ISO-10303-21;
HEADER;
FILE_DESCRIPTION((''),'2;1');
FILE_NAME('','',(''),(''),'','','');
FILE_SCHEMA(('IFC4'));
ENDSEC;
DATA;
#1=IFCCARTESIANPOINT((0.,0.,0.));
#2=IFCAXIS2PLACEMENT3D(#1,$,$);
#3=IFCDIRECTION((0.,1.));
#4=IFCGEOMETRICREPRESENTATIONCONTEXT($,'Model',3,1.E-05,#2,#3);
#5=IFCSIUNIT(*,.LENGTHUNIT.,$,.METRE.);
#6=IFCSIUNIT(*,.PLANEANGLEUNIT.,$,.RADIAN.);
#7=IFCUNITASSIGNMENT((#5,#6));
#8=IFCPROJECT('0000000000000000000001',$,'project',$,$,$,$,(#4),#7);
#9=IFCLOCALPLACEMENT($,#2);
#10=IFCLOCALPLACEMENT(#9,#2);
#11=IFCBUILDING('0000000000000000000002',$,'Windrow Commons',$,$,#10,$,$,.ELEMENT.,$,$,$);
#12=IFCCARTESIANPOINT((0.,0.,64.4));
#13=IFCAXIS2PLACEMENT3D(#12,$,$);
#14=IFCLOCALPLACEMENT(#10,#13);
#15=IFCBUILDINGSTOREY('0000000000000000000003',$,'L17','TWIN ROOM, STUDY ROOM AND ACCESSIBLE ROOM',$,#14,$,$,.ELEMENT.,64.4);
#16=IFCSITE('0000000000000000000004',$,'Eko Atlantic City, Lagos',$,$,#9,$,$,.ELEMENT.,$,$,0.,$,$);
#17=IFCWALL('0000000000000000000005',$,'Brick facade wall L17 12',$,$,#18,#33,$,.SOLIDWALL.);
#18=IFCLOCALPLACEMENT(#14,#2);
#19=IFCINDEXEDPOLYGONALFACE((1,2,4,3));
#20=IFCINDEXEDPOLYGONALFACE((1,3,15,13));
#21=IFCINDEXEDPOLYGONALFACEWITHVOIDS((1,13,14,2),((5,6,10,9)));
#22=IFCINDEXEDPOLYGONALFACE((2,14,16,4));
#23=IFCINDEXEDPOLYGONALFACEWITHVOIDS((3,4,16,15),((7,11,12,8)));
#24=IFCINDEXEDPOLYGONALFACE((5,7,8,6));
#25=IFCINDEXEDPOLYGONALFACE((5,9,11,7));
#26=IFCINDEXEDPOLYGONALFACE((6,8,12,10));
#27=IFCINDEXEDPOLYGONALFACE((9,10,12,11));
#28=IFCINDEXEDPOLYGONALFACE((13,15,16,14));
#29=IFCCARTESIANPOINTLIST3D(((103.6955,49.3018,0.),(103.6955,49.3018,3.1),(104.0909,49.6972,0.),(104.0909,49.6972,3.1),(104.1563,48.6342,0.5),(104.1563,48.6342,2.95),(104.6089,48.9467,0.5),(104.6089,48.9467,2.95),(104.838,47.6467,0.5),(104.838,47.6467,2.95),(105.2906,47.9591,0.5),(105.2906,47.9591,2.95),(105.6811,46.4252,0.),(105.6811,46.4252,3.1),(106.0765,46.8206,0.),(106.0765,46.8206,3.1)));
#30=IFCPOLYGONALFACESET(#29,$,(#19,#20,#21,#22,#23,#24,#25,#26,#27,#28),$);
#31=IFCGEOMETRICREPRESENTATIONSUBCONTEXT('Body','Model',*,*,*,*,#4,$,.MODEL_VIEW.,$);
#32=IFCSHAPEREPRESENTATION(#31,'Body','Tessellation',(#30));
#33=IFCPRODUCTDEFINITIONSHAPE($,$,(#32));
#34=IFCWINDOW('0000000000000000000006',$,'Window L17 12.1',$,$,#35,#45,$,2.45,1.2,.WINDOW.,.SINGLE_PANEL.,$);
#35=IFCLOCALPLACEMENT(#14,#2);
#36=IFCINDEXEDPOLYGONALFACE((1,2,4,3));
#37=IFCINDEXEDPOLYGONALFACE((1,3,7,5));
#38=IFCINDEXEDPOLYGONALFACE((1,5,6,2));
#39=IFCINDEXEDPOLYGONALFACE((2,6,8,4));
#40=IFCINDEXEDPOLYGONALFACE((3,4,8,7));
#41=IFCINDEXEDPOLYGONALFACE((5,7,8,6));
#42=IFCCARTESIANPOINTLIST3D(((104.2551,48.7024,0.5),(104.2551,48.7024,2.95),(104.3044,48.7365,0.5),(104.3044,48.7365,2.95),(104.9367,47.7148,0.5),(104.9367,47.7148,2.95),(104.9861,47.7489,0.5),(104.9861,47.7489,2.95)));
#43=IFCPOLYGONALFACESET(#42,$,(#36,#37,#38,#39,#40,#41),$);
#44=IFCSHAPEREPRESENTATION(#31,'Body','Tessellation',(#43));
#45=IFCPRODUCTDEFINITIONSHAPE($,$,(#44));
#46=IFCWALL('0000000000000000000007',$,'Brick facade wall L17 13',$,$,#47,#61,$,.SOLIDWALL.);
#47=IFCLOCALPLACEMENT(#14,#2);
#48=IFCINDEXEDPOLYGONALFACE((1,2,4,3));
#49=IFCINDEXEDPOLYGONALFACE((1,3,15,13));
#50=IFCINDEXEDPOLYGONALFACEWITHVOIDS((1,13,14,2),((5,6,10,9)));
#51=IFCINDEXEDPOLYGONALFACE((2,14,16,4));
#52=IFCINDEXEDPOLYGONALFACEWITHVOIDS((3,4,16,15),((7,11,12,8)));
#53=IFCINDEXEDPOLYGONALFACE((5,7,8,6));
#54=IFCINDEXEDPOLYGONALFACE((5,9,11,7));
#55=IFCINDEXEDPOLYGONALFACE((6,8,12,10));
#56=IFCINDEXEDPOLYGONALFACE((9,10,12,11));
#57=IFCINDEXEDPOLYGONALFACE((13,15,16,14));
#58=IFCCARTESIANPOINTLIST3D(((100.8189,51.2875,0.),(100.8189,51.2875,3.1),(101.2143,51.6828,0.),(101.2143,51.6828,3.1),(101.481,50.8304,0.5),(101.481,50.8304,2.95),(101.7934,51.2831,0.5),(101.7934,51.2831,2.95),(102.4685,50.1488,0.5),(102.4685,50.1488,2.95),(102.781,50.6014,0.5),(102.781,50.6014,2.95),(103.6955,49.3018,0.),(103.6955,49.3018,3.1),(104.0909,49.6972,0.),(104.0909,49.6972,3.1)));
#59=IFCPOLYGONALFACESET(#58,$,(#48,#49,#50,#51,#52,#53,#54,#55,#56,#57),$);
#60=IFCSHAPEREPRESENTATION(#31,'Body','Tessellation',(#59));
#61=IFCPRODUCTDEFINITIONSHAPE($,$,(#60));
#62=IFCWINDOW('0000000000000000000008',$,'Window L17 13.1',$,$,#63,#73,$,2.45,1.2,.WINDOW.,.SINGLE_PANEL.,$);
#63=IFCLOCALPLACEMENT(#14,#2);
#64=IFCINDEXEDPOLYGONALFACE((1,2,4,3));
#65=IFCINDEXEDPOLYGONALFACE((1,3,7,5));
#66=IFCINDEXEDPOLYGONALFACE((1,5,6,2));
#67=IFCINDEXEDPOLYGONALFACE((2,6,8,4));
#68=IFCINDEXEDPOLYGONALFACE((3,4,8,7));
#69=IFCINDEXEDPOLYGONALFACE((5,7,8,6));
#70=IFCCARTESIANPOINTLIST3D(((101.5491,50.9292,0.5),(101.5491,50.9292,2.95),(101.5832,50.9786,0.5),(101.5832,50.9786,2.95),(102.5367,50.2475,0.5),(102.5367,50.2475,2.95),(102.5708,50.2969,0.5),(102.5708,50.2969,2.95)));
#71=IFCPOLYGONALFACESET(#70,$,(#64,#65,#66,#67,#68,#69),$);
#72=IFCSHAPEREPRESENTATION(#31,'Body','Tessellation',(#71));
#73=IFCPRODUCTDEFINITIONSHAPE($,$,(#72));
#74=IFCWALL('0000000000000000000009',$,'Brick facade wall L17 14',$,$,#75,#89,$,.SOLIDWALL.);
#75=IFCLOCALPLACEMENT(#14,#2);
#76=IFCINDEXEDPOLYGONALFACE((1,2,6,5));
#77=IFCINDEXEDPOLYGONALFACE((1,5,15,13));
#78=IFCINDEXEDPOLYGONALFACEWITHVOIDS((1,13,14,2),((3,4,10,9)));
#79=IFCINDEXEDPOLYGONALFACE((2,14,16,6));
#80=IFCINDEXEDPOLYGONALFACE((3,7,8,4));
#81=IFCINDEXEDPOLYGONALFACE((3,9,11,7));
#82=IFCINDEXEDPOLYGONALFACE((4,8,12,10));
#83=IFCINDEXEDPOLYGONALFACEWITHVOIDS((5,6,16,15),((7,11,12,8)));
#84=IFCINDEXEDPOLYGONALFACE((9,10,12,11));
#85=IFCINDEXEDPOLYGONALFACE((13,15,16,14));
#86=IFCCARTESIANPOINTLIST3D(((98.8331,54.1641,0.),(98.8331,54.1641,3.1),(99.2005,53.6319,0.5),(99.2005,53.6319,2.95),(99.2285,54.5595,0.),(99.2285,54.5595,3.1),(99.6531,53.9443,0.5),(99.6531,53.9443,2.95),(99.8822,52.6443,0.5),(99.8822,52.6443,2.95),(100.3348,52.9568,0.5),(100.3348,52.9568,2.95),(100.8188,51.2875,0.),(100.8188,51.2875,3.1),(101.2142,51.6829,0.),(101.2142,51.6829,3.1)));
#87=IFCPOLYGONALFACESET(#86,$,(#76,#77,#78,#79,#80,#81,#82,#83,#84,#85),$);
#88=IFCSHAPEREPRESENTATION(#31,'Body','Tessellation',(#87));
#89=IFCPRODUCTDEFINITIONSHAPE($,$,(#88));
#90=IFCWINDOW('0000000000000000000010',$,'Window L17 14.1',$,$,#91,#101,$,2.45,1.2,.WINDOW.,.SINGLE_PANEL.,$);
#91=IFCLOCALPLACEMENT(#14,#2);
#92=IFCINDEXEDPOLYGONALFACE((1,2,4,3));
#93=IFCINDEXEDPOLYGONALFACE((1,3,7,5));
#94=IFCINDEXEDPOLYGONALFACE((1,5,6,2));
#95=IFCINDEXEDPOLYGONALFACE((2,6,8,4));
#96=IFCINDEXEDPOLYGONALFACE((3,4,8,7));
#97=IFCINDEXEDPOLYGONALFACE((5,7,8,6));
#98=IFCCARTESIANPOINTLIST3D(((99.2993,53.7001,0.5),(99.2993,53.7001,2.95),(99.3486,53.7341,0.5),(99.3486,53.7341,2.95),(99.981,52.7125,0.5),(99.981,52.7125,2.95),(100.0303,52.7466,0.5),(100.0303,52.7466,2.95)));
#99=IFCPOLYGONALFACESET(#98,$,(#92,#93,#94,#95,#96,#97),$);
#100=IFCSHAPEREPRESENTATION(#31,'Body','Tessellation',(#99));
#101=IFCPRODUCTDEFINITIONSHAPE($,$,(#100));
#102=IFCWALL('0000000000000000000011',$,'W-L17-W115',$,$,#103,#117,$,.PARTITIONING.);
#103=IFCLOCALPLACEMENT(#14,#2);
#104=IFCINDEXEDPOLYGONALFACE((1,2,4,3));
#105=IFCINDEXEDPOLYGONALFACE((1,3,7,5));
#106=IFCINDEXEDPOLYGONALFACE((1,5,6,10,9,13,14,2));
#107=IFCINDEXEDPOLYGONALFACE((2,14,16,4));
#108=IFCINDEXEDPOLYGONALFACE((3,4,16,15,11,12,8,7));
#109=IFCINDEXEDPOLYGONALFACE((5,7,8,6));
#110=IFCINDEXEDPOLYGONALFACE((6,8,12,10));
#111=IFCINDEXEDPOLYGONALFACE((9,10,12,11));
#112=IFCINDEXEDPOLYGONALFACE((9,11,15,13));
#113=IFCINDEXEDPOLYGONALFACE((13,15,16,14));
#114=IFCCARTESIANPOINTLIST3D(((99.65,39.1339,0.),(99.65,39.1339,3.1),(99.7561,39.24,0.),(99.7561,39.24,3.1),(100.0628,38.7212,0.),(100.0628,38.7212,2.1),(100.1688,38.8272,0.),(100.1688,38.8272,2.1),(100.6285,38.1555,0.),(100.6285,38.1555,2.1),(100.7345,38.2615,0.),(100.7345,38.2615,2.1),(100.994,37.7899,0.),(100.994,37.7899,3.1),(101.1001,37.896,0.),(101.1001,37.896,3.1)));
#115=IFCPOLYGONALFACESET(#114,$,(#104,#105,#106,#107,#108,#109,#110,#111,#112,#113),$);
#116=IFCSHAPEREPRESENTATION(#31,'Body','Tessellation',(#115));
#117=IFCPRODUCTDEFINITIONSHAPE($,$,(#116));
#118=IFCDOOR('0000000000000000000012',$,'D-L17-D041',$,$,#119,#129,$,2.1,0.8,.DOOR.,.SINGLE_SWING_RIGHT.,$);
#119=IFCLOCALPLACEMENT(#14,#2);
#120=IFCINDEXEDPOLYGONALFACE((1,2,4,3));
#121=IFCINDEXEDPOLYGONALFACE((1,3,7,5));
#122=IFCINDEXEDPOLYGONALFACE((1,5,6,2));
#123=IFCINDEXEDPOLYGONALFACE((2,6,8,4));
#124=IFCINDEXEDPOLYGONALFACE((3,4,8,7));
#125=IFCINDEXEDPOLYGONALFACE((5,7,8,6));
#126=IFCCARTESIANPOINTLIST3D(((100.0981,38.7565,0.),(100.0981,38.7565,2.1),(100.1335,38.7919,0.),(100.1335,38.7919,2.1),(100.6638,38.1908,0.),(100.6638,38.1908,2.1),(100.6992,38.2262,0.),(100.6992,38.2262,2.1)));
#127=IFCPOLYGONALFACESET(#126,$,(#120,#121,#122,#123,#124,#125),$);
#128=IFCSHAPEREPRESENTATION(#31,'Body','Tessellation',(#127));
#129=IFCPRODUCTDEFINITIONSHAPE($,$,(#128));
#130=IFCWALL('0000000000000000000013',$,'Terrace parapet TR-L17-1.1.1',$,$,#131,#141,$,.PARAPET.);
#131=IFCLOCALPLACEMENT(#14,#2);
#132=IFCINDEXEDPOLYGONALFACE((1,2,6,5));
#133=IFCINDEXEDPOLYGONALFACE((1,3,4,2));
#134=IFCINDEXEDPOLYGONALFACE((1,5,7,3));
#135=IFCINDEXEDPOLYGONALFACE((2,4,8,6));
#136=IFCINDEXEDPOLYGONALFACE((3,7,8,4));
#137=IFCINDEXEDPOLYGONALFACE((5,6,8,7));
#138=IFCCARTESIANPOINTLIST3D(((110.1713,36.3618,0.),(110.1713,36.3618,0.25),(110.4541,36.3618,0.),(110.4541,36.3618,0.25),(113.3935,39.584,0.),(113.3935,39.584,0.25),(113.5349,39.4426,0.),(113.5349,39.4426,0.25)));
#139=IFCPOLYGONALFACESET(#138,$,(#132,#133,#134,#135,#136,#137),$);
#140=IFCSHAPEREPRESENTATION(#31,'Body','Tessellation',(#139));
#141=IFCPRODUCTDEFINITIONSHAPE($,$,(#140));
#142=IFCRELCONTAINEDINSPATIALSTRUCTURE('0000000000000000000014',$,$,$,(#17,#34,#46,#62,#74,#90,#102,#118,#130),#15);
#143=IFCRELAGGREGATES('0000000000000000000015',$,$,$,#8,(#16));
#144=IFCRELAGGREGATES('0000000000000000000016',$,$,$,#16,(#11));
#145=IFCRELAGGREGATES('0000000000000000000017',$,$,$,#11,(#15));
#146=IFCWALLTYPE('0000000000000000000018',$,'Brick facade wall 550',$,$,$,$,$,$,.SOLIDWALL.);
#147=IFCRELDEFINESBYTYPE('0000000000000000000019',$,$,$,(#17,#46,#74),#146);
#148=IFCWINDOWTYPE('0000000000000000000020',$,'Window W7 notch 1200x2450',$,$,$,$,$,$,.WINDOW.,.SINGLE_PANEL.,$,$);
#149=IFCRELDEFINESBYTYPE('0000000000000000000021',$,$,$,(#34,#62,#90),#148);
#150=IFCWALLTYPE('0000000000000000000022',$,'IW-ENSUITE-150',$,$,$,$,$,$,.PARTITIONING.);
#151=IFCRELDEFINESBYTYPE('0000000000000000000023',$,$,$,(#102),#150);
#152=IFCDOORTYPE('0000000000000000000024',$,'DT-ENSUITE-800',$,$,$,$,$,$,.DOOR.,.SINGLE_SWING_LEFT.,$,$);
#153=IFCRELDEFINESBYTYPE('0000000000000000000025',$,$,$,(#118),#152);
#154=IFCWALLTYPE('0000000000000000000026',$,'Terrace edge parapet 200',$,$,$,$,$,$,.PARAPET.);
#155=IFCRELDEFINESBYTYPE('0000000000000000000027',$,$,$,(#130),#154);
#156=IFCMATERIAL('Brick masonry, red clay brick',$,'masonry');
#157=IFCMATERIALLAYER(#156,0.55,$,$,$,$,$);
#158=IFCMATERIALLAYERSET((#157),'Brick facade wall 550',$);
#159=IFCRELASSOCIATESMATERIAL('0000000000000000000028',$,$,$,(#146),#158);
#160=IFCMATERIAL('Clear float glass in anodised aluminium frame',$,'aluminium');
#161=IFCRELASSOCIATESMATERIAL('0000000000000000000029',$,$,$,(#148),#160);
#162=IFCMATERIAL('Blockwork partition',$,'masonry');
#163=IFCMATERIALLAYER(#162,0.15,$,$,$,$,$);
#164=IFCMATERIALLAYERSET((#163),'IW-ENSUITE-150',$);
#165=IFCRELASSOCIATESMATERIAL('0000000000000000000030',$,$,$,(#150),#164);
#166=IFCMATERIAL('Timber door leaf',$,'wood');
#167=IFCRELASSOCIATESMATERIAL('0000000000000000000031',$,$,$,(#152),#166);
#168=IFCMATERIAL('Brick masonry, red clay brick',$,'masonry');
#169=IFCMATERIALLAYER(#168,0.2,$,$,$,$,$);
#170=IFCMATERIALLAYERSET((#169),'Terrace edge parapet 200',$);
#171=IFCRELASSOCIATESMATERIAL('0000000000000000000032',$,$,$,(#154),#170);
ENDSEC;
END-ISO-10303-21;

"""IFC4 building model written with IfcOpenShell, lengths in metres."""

from ifc_helpers import new_model, si_unit, direction, frame, frame_2d, origin, place, context, subcontext, project, spatial, polyline, rectangle, outline, extrude, material, layer, layer_set, type_object, element, fill, save


model = new_model("IFC4")

# Units and contexts
model_context = context("Model", 3, precision=1e-05, world=origin(), true_north=direction((0.0, 1.0)))
body_context = subcontext(model_context, "Body", "Model", "MODEL_VIEW")
ifc_project = project(units=[si_unit("LENGTHUNIT", "METRE"), si_unit("PLANEANGLEUNIT", "RADIAN")], contexts=[model_context])

# Site, building, storey
site_placement = place(None, origin())
site = spatial("IfcSite", under=ifc_project, at=site_placement, Name="Eko Atlantic City, Lagos", CompositionType="ELEMENT", RefElevation=0.0)
building_placement = place(site_placement, origin())
building = spatial("IfcBuilding", under=site, at=building_placement, Name="Windrow Commons", CompositionType="ELEMENT")
storey_placement = place(building_placement, frame((0.0, 0.0, 64.4)))
storey = spatial("IfcBuildingStorey", under=building, at=storey_placement, Name="L17", Description="TWIN ROOM, STUDY ROOM AND ACCESSIBLE ROOM", CompositionType="ELEMENT", Elevation=64.4)

# Walls, openings, windows
ifc_material_1 = material(Name="Brick masonry, red clay brick", Category="masonry")
ifc_layer_1 = layer(ifc_material_1, 0.55)
ifc_layer_set_1 = layer_set([ifc_layer_1], Name="Brick facade wall 550")
wall_type_1 = type_object("IfcWallType", Name="Brick facade wall 550", PredefinedType="SOLIDWALL", material=ifc_layer_set_1)
ifc_material_2 = material(Name="Clear float glass in anodised aluminium frame", Category="aluminium")
window_type_1 = type_object("IfcWindowType", Name="Window W7 notch 1200x2450", PartitioningType="SINGLE_PANEL", PredefinedType="WINDOW", material=ifc_material_2)
wall_1_placement = place(storey_placement, frame((105.8788, 46.6229, 0.0), z_axis=(0.0, 0.0, 1.0), x_axis=(-0.56807, 0.82298, 0.0)))
wall_1 = element("IfcWall", 1, at=wall_1_placement, inside=storey, type_object=wall_type_1, Name="Brick facade wall L17 12", PredefinedType="SOLIDWALL", context=body_context, shape_type="SweptSolid", body=[
    extrude(outline(polyline([(0.0504, -0.275), (3.5458, -0.275), (3.445, 0.275), (-0.0504, 0.275), (0.0504, -0.275)])), origin(), (0.0, 0.0, 1.0), 3.1),
])
opening_1_placement = place(wall_1_placement, frame((1.4338, 0.0, 0.5)))
opening_1 = element("IfcOpeningElement", 2, at=opening_1_placement, cuts=wall_1, PredefinedType="OPENING", context=body_context, shape_type="SweptSolid", body=[
    extrude(rectangle(XDim=1.2, YDim=2.45, at=frame_2d((0.6, 1.225))), frame((0.0, 0.285, 0.0), z_axis=(0.0, -1.0, 0.0), x_axis=(1.0, 0.0, 0.0)), (0.0, 0.0, 1.0), 0.57),
])
window_1_placement = place(opening_1_placement, origin())
window_1 = element("IfcWindow", 3, at=window_1_placement, inside=storey, type_object=window_type_1, Name="Window L17 12.1", OverallHeight=2.45, OverallWidth=1.2, PartitioningType="SINGLE_PANEL", PredefinedType="WINDOW", context=body_context, shape_type="SweptSolid", body=[
    extrude(rectangle(XDim=1.2, YDim=2.45, at=frame_2d((0.6, 1.225))), frame((0.0, 0.155, 0.0), z_axis=(0.0, -1.0, 0.0), x_axis=(1.0, 0.0, 0.0)), (0.0, 0.0, 1.0), 0.06),
])
fill(opening_1, window_1)
wall_2_placement = place(storey_placement, frame((103.8932, 49.4995, 0.0), z_axis=(0.0, 0.0, 1.0), x_axis=(-0.822976, 0.568076, 0.0)))
wall_2 = element("IfcWall", 4, at=wall_2_placement, inside=storey, type_object=wall_type_1, Name="Brick facade wall L17 13", PredefinedType="SOLIDWALL", context=body_context, shape_type="SweptSolid", body=[
    extrude(outline(polyline([(-0.0504, -0.275), (3.445, -0.275), (3.5458, 0.275), (0.0504, 0.275), (-0.0504, -0.275)])), origin(), (0.0, 0.0, 1.0), 3.1),
])
opening_2_placement = place(wall_2_placement, frame((1.5413, 0.0, 0.5)))
opening_2 = element("IfcOpeningElement", 5, at=opening_2_placement, cuts=wall_2, PredefinedType="OPENING", context=body_context, shape_type="SweptSolid", body=[
    extrude(rectangle(XDim=1.2, YDim=2.45, at=frame_2d((0.6, 1.225))), frame((0.0, 0.285, 0.0), z_axis=(0.0, -1.0, 0.0), x_axis=(1.0, 0.0, 0.0)), (0.0, 0.0, 1.0), 0.57),
])
window_2_placement = place(opening_2_placement, origin())
window_2 = element("IfcWindow", 6, at=window_2_placement, inside=storey, type_object=window_type_1, Name="Window L17 13.1", OverallHeight=2.45, OverallWidth=1.2, PartitioningType="SINGLE_PANEL", PredefinedType="WINDOW", context=body_context, shape_type="SweptSolid", body=[
    extrude(rectangle(XDim=1.2, YDim=2.45, at=frame_2d((0.6, 1.225))), frame((0.0, 0.155, 0.0), z_axis=(0.0, -1.0, 0.0), x_axis=(1.0, 0.0, 0.0)), (0.0, 0.0, 1.0), 0.06),
])
fill(opening_2, window_2)
wall_3_placement = place(storey_placement, frame((101.0165, 51.4852, 0.0), z_axis=(0.0, 0.0, 1.0), x_axis=(-0.568089, 0.822967, 0.0)))
wall_3 = element("IfcWall", 7, at=wall_3_placement, inside=storey, type_object=wall_type_1, Name="Brick facade wall L17 14", PredefinedType="SOLIDWALL", context=body_context, shape_type="SweptSolid", body=[
    extrude(outline(polyline([(0.0504, -0.275), (3.5458, -0.275), (3.445, 0.275), (-0.0504, 0.275), (0.0504, -0.275)])), origin(), (0.0, 0.0, 1.0), 3.1),
])
opening_3_placement = place(wall_3_placement, frame((1.5983, 0.0, 0.5)))
opening_3 = element("IfcOpeningElement", 8, at=opening_3_placement, cuts=wall_3, PredefinedType="OPENING", context=body_context, shape_type="SweptSolid", body=[
    extrude(rectangle(XDim=1.2, YDim=2.45, at=frame_2d((0.6, 1.225))), frame((0.0, 0.285, 0.0), z_axis=(0.0, -1.0, 0.0), x_axis=(1.0, 0.0, 0.0)), (0.0, 0.0, 1.0), 0.57),
])
window_3_placement = place(opening_3_placement, origin())
window_3 = element("IfcWindow", 9, at=window_3_placement, inside=storey, type_object=window_type_1, Name="Window L17 14.1", OverallHeight=2.45, OverallWidth=1.2, PartitioningType="SINGLE_PANEL", PredefinedType="WINDOW", context=body_context, shape_type="SweptSolid", body=[
    extrude(rectangle(XDim=1.2, YDim=2.45, at=frame_2d((0.6, 1.225))), frame((0.0, 0.155, 0.0), z_axis=(0.0, -1.0, 0.0), x_axis=(1.0, 0.0, 0.0)), (0.0, 0.0, 1.0), 0.06),
])
fill(opening_3, window_3)

# Wall, opening, door
ifc_material_3 = material(Name="Blockwork partition", Category="masonry")
ifc_layer_2 = layer(ifc_material_3, 0.15)
ifc_layer_set_2 = layer_set([ifc_layer_2], Name="IW-ENSUITE-150")
wall_type_2 = type_object("IfcWallType", Name="IW-ENSUITE-150", PredefinedType="PARTITIONING", material=ifc_layer_set_2)
wall_4_placement = place(storey_placement, frame((99.703, 39.187, 0.0), z_axis=(0.0, 0.0, 1.0), x_axis=(0.707107, -0.707107, 0.0)))
wall_4 = element("IfcWall", 10, at=wall_4_placement, inside=storey, type_object=wall_type_2, Name="W-L17-W115", PredefinedType="PARTITIONING", context=body_context, shape_type="SweptSolid", body=[
    extrude(rectangle(XDim=1.9007, YDim=0.15, at=frame_2d((0.9504, 0.0))), origin(), (0.0, 0.0, 1.0), 3.1),
])
opening_4_placement = place(wall_4_placement, frame((0.5838, 0.0, 0.0)))
opening_4 = element("IfcOpeningElement", 11, at=opening_4_placement, cuts=wall_4, PredefinedType="OPENING", context=body_context, shape_type="SweptSolid", body=[
    extrude(rectangle(XDim=0.8, YDim=2.1, at=frame_2d((0.4, 1.05))), frame((0.0, 0.085, 0.0), z_axis=(0.0, -1.0, 0.0), x_axis=(1.0, 0.0, 0.0)), (0.0, 0.0, 1.0), 0.17),
])
ifc_material_4 = material(Name="Timber door leaf", Category="wood")
door_type = type_object("IfcDoorType", Name="DT-ENSUITE-800", OperationType="SINGLE_SWING_LEFT", PredefinedType="DOOR", material=ifc_material_4)
door_placement = place(opening_4_placement, origin())
door = element("IfcDoor", 12, at=door_placement, inside=storey, type_object=door_type, Name="D-L17-D041", OperationType="SINGLE_SWING_RIGHT", OverallHeight=2.1, OverallWidth=0.8, PredefinedType="DOOR", context=body_context, shape_type="SweptSolid", body=[
    extrude(rectangle(XDim=0.8, YDim=2.1, at=frame_2d((0.4, 1.05))), frame((0.0, 0.025, 0.0), z_axis=(0.0, -1.0, 0.0), x_axis=(1.0, 0.0, 0.0)), (0.0, 0.0, 1.0), 0.05),
])
fill(opening_4, door)

# Wall
ifc_material_5 = material(Name="Brick masonry, red clay brick", Category="masonry")
ifc_layer_3 = layer(ifc_material_5, 0.2)
ifc_layer_set_3 = layer_set([ifc_layer_3], Name="Terrace edge parapet 200")
wall_type_3 = type_object("IfcWallType", Name="Terrace edge parapet 200", PredefinedType="PARAPET", material=ifc_layer_set_3)
wall_5_placement = place(storey_placement, frame((113.4642, 39.5133, 0.0), z_axis=(0.0, 0.0, 1.0), x_axis=(-0.707107, -0.707107, 0.0)))
element("IfcWall", 13, at=wall_5_placement, inside=storey, type_object=wall_type_3, Name="Terrace parapet TR-L17-1.1.1", PredefinedType="PARAPET", context=body_context, shape_type="SweptSolid", body=[
    extrude(outline(polyline([(0.0, -0.1), (4.5569, -0.1), (4.3569, 0.1), (0.0, 0.1), (0.0, -0.1)])), origin(), (0.0, 0.0, 1.0), 0.25),
])

save(model, "model.ifc")
